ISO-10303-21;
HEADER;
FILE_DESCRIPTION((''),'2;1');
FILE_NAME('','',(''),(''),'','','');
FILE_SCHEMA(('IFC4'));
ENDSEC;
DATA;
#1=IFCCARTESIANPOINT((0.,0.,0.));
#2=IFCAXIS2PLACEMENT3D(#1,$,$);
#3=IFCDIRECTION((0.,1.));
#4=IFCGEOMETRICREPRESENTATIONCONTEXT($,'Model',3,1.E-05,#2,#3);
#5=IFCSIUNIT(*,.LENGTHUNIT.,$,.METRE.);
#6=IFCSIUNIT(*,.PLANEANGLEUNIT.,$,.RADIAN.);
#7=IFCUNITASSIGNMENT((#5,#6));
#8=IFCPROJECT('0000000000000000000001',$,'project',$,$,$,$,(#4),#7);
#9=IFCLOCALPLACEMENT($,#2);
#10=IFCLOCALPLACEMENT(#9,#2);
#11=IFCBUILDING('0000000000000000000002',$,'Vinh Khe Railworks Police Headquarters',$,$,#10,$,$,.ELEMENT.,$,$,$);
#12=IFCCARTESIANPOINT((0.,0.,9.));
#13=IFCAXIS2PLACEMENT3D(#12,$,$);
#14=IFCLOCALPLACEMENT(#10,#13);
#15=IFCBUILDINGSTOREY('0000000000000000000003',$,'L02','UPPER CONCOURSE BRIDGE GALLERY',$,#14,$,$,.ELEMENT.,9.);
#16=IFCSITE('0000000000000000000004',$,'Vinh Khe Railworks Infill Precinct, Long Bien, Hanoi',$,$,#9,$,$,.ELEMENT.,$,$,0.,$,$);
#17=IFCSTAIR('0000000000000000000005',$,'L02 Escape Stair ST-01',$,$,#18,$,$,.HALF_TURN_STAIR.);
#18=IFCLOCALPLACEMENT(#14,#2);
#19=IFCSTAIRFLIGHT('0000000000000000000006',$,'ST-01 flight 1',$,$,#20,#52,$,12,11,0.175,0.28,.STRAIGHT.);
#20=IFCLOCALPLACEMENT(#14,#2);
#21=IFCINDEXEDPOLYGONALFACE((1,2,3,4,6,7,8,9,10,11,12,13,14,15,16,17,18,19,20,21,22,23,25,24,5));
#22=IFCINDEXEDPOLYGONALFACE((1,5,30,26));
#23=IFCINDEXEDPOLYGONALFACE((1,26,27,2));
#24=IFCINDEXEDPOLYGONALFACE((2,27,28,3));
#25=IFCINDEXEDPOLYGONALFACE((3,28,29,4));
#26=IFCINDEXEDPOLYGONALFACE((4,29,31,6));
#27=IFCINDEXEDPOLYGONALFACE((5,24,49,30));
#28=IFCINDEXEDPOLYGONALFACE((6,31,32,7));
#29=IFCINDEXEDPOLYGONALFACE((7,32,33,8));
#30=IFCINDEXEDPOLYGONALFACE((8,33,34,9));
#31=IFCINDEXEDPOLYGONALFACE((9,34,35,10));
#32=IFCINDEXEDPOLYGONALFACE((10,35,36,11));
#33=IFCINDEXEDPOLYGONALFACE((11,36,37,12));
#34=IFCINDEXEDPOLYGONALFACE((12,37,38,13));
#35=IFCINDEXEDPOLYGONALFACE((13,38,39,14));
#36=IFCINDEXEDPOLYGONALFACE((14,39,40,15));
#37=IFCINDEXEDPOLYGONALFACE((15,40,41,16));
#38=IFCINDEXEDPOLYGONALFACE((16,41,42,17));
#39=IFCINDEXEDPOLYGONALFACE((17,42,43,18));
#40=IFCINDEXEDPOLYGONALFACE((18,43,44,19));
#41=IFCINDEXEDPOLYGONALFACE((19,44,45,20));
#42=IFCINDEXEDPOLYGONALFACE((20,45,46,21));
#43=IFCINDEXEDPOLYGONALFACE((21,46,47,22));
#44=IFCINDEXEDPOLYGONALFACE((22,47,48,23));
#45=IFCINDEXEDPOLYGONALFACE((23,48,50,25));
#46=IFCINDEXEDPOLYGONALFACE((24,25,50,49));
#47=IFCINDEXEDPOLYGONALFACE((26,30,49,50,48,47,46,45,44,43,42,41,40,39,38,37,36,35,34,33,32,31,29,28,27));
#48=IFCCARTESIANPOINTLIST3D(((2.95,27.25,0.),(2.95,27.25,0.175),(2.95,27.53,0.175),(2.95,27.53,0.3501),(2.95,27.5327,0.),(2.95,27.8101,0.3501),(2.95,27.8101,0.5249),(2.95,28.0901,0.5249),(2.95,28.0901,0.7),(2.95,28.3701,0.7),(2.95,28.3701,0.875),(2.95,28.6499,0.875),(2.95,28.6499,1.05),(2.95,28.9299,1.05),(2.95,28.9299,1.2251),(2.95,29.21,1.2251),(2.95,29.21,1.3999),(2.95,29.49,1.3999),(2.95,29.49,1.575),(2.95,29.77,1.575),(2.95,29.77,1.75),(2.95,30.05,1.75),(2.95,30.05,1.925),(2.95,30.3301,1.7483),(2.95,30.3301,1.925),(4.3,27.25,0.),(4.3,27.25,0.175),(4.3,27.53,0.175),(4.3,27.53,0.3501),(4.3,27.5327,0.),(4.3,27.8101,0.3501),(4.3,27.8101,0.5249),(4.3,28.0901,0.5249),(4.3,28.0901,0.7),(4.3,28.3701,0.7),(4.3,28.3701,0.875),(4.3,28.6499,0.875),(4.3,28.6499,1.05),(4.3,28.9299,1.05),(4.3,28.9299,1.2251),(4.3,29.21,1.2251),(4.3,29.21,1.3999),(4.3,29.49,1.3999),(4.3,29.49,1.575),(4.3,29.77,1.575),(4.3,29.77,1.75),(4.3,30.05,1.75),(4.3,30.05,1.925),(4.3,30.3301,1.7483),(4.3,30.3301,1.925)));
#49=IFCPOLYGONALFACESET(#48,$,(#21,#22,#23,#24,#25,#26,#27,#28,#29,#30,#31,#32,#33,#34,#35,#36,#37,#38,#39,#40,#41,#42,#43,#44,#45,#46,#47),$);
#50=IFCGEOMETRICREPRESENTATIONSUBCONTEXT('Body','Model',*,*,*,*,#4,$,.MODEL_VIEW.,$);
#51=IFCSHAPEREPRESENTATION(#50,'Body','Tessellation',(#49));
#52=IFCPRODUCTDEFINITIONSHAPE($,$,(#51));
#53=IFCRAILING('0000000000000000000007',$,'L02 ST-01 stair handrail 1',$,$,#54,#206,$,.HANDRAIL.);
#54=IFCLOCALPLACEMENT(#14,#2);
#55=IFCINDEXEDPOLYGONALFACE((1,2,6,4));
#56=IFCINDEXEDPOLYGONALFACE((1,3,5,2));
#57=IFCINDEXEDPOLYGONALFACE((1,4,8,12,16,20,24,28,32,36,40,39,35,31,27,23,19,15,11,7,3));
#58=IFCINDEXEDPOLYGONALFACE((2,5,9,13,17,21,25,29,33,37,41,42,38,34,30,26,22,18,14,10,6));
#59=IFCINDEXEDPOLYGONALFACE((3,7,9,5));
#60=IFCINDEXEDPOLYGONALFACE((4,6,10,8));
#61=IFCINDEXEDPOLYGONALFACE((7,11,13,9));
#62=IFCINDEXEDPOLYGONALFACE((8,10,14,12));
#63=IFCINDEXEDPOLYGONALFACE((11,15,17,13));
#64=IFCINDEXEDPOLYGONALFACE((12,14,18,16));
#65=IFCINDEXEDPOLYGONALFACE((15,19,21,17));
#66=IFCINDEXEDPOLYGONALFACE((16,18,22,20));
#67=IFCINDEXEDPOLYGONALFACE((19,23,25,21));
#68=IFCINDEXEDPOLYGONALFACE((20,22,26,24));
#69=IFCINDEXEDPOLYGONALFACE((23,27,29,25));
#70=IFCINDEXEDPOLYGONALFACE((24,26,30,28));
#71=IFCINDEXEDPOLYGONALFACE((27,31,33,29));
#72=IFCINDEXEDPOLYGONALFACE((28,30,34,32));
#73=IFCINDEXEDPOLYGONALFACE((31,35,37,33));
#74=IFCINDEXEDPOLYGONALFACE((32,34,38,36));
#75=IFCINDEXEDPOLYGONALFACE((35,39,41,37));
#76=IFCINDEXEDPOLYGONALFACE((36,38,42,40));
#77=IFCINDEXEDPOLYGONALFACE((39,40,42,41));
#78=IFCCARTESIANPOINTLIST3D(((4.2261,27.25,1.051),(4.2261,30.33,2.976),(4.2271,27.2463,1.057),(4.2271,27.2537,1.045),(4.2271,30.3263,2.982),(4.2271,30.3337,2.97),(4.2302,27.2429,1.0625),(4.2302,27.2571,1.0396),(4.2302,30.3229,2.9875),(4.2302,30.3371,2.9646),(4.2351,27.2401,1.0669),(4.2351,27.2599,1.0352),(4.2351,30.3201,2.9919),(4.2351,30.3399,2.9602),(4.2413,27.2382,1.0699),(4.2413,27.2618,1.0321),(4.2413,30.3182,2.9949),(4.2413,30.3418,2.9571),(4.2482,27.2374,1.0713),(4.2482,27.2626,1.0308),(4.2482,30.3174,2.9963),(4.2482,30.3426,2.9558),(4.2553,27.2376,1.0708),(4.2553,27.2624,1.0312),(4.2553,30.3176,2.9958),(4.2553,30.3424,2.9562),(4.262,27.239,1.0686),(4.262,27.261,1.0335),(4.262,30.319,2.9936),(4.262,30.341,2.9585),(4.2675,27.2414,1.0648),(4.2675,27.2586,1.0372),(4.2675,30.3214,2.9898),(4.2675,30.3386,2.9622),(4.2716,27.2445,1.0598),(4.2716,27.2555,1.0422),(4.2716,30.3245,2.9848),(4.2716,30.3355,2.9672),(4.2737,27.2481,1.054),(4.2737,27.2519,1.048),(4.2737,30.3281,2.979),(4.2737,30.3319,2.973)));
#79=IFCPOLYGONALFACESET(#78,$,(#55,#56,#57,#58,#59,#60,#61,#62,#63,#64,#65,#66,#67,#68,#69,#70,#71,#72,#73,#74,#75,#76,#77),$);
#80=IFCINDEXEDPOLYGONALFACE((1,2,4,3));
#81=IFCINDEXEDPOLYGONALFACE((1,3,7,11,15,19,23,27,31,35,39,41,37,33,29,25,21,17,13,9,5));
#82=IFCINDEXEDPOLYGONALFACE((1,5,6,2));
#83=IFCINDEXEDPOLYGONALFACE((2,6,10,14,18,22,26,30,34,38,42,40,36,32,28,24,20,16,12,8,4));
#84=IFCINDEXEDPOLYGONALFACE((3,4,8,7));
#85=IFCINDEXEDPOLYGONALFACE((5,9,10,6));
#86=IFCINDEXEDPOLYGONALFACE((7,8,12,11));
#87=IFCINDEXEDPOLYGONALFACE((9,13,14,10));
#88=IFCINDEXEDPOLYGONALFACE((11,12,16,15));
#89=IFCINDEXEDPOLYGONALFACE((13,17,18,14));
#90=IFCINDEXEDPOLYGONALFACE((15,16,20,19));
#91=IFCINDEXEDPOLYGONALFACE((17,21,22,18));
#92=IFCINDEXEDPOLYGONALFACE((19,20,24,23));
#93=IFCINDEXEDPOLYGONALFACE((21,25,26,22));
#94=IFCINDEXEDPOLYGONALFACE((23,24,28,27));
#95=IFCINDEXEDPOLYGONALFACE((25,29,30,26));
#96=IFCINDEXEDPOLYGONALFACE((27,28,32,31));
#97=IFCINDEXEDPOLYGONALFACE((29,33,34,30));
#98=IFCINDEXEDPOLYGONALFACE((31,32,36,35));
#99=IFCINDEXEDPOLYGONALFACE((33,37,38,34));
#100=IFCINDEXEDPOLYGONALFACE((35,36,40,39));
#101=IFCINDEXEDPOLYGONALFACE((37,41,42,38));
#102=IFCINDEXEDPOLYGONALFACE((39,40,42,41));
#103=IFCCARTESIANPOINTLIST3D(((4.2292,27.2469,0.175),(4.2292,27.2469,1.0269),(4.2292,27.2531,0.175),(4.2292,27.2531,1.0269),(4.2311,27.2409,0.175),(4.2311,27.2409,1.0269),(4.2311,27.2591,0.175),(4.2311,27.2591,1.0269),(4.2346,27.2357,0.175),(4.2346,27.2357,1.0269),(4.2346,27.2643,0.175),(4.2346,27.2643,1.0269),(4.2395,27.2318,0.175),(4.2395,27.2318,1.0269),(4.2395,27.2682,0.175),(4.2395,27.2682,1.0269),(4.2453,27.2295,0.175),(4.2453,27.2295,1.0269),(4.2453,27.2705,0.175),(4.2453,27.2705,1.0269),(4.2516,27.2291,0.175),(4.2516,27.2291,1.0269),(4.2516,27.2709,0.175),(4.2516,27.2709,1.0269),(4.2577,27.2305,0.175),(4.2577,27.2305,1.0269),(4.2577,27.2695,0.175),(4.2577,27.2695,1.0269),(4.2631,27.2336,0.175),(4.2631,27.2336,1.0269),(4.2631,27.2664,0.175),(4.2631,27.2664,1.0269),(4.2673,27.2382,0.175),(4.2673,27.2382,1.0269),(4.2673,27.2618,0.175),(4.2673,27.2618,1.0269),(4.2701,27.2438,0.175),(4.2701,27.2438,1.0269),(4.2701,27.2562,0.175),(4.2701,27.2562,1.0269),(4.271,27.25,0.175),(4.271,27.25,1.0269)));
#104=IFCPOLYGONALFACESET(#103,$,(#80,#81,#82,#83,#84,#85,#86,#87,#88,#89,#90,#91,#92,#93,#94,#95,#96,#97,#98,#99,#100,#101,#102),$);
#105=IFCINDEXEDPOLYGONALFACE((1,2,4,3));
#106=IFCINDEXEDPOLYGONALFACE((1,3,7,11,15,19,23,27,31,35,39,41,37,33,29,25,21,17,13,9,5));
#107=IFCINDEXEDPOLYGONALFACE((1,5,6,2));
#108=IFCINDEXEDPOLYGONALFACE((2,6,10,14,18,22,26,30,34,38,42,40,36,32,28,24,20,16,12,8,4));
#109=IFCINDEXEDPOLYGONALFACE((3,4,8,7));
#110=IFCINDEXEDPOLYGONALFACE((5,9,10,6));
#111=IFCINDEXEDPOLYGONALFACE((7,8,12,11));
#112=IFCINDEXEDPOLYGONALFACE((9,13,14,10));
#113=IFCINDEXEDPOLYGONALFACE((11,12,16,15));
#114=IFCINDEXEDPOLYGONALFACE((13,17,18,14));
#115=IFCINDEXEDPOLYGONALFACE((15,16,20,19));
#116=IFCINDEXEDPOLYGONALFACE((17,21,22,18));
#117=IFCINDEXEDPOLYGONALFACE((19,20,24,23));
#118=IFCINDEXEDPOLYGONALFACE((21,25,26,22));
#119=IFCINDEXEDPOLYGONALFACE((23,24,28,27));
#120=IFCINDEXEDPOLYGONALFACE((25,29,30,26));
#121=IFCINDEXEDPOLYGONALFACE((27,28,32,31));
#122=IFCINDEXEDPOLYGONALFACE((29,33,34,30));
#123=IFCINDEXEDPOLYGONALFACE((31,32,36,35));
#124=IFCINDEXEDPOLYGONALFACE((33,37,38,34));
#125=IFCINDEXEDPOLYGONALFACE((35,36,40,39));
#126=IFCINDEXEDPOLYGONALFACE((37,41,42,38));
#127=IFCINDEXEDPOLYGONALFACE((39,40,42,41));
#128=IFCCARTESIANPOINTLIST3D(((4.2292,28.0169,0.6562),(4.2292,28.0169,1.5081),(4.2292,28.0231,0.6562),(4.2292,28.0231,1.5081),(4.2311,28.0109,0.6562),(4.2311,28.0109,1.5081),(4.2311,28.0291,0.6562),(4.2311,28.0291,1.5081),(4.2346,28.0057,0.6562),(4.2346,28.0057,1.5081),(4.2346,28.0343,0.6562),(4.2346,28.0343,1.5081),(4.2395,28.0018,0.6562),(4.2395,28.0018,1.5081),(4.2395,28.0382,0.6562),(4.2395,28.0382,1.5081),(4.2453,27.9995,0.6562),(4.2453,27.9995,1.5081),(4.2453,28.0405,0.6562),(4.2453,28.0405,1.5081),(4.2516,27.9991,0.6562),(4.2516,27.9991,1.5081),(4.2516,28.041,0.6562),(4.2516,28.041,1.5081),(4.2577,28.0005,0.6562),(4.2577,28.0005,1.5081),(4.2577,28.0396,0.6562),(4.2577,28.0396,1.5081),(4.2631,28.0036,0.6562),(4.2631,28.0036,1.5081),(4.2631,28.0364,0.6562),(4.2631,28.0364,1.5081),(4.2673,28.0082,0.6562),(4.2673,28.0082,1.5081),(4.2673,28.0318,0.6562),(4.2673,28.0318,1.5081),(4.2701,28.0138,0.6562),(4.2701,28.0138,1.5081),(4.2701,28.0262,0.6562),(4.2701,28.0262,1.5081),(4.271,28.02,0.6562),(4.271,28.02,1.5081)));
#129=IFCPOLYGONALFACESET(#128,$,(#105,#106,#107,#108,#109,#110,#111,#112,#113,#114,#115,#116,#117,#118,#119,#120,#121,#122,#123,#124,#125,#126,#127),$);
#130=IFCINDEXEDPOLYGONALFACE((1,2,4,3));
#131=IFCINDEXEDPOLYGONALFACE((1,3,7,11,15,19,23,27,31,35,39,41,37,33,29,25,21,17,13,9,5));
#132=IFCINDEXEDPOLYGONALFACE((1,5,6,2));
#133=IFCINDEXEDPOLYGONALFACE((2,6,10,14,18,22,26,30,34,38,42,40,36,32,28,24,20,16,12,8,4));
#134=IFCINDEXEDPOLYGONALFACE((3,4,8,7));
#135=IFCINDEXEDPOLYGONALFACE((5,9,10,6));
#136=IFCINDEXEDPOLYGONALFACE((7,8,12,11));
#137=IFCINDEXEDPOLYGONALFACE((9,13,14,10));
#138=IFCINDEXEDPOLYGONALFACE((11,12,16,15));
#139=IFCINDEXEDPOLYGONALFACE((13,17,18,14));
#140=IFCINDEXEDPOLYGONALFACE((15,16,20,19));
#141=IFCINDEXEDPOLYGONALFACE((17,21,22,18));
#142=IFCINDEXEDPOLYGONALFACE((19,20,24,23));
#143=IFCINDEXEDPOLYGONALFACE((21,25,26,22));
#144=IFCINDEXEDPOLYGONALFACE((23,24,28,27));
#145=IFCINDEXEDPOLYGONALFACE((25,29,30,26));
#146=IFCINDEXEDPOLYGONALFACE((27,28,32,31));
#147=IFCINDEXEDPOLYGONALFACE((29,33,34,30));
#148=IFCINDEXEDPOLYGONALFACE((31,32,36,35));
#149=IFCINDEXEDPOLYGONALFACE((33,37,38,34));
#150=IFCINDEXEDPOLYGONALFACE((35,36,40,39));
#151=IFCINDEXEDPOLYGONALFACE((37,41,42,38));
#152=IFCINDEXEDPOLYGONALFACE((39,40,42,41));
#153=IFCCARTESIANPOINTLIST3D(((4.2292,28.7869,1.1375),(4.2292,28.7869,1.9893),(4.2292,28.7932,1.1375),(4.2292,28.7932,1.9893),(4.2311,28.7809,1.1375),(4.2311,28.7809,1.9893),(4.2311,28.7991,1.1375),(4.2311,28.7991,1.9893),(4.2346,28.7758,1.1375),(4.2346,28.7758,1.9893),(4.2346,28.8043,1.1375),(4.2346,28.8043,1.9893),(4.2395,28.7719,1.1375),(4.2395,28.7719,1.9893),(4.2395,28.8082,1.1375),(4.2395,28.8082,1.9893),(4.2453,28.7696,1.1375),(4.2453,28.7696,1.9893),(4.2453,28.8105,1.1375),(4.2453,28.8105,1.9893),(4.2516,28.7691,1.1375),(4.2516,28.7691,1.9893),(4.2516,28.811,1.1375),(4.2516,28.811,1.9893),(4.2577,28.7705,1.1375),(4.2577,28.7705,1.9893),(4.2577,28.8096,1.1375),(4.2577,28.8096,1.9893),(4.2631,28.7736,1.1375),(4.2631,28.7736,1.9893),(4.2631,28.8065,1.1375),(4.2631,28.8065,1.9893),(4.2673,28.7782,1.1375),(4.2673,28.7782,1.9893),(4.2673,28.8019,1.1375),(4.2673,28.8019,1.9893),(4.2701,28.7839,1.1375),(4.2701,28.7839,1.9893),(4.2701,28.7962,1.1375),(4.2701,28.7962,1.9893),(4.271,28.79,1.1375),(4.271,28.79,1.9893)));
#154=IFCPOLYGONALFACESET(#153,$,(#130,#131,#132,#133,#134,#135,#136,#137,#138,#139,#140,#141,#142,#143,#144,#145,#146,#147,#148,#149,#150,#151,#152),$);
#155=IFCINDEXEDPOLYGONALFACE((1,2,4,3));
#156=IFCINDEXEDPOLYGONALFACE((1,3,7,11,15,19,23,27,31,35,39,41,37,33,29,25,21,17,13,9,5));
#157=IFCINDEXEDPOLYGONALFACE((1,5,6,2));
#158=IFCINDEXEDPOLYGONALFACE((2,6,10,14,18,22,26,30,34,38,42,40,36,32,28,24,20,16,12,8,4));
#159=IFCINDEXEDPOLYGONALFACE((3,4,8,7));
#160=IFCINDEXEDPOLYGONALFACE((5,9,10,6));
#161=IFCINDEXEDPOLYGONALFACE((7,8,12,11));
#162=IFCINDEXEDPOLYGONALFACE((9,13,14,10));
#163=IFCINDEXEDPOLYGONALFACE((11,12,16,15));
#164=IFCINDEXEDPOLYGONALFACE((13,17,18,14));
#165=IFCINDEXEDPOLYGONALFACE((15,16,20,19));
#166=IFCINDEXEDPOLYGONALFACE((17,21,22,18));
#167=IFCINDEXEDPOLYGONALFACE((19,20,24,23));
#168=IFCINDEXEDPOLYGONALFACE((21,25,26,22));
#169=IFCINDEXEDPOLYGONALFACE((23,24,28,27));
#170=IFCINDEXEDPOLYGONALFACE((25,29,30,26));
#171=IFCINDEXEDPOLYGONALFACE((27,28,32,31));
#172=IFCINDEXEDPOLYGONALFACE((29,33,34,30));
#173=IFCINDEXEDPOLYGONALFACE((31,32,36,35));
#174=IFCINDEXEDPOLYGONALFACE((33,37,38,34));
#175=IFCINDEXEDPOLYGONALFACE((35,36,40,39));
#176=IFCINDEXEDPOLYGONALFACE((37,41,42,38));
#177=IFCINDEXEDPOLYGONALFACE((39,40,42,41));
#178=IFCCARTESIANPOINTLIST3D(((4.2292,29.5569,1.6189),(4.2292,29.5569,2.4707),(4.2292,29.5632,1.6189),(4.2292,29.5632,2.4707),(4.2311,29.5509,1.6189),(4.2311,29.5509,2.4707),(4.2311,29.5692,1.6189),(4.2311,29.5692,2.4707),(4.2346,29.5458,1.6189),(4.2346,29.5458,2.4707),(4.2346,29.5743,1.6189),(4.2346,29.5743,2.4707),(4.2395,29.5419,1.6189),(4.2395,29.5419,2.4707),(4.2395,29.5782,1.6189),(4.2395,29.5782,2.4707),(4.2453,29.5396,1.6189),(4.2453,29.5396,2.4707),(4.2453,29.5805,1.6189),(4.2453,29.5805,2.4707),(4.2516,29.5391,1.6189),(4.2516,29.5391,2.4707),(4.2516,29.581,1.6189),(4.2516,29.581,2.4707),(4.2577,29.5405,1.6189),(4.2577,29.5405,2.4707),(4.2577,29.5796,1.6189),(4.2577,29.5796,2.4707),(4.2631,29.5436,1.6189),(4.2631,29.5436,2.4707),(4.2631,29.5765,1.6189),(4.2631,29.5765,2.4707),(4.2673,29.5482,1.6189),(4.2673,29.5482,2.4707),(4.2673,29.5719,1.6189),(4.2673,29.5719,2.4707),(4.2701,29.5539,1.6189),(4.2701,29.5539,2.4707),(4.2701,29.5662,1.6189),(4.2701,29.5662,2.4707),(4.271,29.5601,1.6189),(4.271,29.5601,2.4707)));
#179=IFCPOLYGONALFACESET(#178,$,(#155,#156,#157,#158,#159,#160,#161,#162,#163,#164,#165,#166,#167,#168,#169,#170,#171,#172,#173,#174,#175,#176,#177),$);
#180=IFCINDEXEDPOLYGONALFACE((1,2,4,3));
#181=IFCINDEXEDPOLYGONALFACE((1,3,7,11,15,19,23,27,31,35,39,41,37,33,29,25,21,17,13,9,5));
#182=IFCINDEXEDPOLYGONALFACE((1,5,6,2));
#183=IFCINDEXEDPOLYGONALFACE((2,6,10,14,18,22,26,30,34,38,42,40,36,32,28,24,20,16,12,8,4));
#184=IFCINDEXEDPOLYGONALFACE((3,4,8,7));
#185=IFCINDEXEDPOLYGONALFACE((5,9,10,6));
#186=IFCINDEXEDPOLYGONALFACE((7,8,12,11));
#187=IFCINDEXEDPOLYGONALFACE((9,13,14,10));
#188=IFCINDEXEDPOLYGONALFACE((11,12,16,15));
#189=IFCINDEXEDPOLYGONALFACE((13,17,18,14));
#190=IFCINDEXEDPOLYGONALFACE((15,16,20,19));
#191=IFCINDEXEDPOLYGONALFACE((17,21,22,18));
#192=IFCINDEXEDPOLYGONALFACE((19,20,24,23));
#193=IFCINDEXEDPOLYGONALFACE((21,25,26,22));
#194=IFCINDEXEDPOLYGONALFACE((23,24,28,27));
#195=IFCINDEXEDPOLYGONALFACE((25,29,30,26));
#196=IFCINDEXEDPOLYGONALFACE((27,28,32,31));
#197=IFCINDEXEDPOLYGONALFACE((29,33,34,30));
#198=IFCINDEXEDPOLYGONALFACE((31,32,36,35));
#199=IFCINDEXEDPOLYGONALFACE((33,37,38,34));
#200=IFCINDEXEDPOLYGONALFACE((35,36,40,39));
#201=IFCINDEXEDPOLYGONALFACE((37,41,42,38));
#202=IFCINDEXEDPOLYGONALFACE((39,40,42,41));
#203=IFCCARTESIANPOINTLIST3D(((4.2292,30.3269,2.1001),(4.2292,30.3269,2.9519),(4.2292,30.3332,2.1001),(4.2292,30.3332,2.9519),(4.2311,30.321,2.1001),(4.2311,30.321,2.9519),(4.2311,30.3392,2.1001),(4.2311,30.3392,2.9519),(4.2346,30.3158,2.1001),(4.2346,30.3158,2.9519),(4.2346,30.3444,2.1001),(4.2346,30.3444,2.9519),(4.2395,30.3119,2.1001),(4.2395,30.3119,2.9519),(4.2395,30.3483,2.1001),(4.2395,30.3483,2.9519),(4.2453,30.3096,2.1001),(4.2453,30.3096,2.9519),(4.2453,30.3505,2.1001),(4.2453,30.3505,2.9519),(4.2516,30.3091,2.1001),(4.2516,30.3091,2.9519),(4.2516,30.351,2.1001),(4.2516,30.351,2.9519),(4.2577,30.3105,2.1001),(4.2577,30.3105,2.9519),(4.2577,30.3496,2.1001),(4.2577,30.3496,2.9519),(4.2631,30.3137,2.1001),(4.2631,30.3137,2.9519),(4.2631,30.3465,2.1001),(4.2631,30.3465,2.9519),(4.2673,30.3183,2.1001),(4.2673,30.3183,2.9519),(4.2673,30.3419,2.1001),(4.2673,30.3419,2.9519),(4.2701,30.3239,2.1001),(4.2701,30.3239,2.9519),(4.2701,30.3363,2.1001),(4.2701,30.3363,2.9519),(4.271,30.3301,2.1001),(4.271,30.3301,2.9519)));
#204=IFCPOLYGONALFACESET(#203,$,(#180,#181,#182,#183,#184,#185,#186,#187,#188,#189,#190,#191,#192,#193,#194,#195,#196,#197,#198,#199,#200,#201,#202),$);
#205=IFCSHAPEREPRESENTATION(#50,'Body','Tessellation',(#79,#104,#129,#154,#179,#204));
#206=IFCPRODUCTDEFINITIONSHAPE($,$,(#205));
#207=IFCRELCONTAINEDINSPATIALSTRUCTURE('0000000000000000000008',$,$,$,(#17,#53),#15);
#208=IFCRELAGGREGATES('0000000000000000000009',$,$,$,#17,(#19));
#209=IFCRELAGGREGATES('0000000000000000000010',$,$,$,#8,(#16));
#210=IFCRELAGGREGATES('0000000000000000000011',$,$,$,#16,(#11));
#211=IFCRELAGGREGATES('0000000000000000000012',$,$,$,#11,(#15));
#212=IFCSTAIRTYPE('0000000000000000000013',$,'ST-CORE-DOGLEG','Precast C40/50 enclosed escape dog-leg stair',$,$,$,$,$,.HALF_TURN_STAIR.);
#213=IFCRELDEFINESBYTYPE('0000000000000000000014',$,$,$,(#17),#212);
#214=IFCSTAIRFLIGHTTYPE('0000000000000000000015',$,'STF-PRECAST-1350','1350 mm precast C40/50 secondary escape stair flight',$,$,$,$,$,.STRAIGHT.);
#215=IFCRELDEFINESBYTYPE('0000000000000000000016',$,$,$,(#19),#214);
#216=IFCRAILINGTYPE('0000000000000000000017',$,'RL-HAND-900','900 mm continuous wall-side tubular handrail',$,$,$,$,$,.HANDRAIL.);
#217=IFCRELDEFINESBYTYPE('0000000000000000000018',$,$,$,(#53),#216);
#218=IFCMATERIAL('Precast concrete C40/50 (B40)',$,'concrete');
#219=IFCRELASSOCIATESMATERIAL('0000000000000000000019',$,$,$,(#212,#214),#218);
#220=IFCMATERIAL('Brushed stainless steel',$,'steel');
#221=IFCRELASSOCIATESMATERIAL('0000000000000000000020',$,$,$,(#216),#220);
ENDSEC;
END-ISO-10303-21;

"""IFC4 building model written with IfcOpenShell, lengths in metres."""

from ifc_helpers import new_model, si_unit, direction, frame, origin, origin_2d, place, context, subcontext, project, spatial, polyline, circle, outline, extrude, material, type_object, element, aggregate, save


model = new_model("IFC4")

# Units and contexts
model_context = context("Model", 3, precision=1e-05, world=origin(), true_north=direction((0.0, 1.0)))
body_context = subcontext(model_context, "Body", "Model", "MODEL_VIEW")
ifc_project = project(units=[si_unit("LENGTHUNIT", "METRE"), si_unit("PLANEANGLEUNIT", "RADIAN")], contexts=[model_context])

# Site, building, storey
site_placement = place(None, origin())
site = spatial("IfcSite", under=ifc_project, at=site_placement, Name="Vinh Khe Railworks Infill Precinct, Long Bien, Hanoi", CompositionType="ELEMENT", RefElevation=0.0)
building_placement = place(site_placement, origin())
building = spatial("IfcBuilding", under=site, at=building_placement, Name="Vinh Khe Railworks Police Headquarters", CompositionType="ELEMENT")
storey_placement = place(building_placement, frame((0.0, 0.0, 9.0)))
storey = spatial("IfcBuildingStorey", under=building, at=storey_placement, Name="L02", Description="UPPER CONCOURSE BRIDGE GALLERY", CompositionType="ELEMENT", Elevation=9.0)

# Stair, stair flight
ifc_material_1 = material(Name="Precast concrete C40/50 (B40)", Category="concrete")
stair_type = type_object("IfcStairType", Name="ST-CORE-DOGLEG", Description="Precast C40/50 enclosed escape dog-leg stair", PredefinedType="HALF_TURN_STAIR", material=ifc_material_1)
stair_placement = place(storey_placement, origin())
stair = element("IfcStair", 1, at=stair_placement, inside=storey, type_object=stair_type, Name="L02 Escape Stair ST-01", PredefinedType="HALF_TURN_STAIR")
stair_flight_type = type_object("IfcStairFlightType", Name="STF-PRECAST-1350", Description="1350 mm precast C40/50 secondary escape stair flight", PredefinedType="STRAIGHT", material=ifc_material_1)
stair_flight_placement = place(storey_placement, frame((3.625, 27.25, 0.0), z_axis=(0.0, 0.0, 1.0), x_axis=(0.0, 1.0, 0.0)))
stair_flight = element("IfcStairFlight", 2, at=stair_flight_placement, type_object=stair_flight_type, Name="ST-01 flight 1", NumberOfRisers=12, NumberOfTreads=11, PredefinedType="STRAIGHT", RiserHeight=0.175, TreadLength=0.28, context=body_context, shape_type="SweptSolid", body=[
    extrude(outline(polyline([(0.0, 0.0), (0.0, 0.175), (0.28, 0.175), (0.28, 0.3501), (0.5601, 0.3501), (0.5601, 0.5249), (0.8401, 0.5249), (0.8401, 0.7), (1.1201, 0.7), (1.1201, 0.875), (1.3999, 0.875), (1.3999, 1.05), (1.6799, 1.05), (1.6799, 1.2251), (1.96, 1.2251), (1.96, 1.3999), (2.24, 1.3999), (2.24, 1.575), (2.52, 1.575), (2.52, 1.75), (2.8, 1.75), (2.8, 1.925), (3.0801, 1.925), (3.0801, 2.1001), (3.0801, 1.7483), (0.2827, 0.0), (0.0, 0.0)])), frame((0.0, 0.675, 0.0), z_axis=(0.0, -1.0, 0.0), x_axis=(1.0, 0.0, 0.0)), (0.0, 0.0, 1.0), 1.3501),
])
aggregate(stair, [stair_flight])

# Railing
ifc_material_2 = material(Name="Brushed stainless steel", Category="steel")
railing_type = type_object("IfcRailingType", Name="RL-HAND-900", Description="900 mm continuous wall-side tubular handrail", PredefinedType="HANDRAIL", material=ifc_material_2)
railing_placement = place(storey_placement, frame((4.25, 27.25, 0.175)))
element("IfcRailing", 3, at=railing_placement, inside=storey, type_object=railing_type, Name="L02 ST-01 stair handrail 1", PredefinedType="HANDRAIL", context=body_context, shape_type="SweptSolid", body=[
    extrude(circle(Radius=0.0239, at=origin_2d()), frame((0.0, 0.0, 0.876), z_axis=(0.0, 0.847998, 0.529999), x_axis=(-1.0, 0.0, 0.0)), (0.0, 0.0, 1.0), 3.6321),
    extrude(circle(Radius=0.021, at=origin_2d()), origin(), (0.0, 0.0, 1.0), 0.8518),
    extrude(circle(Radius=0.021, at=origin_2d()), frame((0.0, 0.77, 0.4812)), (0.0, 0.0, 1.0), 0.8518),
    extrude(circle(Radius=0.021, at=origin_2d()), frame((0.0, 1.54, 0.9624)), (0.0, 0.0, 1.0), 0.8518),
    extrude(circle(Radius=0.021, at=origin_2d()), frame((0.0, 2.3101, 1.4438)), (0.0, 0.0, 1.0), 0.8518),
    extrude(circle(Radius=0.021, at=origin_2d()), frame((0.0, 3.0801, 1.925)), (0.0, 0.0, 1.0), 0.8518),
])

save(model, "model.ifc")
